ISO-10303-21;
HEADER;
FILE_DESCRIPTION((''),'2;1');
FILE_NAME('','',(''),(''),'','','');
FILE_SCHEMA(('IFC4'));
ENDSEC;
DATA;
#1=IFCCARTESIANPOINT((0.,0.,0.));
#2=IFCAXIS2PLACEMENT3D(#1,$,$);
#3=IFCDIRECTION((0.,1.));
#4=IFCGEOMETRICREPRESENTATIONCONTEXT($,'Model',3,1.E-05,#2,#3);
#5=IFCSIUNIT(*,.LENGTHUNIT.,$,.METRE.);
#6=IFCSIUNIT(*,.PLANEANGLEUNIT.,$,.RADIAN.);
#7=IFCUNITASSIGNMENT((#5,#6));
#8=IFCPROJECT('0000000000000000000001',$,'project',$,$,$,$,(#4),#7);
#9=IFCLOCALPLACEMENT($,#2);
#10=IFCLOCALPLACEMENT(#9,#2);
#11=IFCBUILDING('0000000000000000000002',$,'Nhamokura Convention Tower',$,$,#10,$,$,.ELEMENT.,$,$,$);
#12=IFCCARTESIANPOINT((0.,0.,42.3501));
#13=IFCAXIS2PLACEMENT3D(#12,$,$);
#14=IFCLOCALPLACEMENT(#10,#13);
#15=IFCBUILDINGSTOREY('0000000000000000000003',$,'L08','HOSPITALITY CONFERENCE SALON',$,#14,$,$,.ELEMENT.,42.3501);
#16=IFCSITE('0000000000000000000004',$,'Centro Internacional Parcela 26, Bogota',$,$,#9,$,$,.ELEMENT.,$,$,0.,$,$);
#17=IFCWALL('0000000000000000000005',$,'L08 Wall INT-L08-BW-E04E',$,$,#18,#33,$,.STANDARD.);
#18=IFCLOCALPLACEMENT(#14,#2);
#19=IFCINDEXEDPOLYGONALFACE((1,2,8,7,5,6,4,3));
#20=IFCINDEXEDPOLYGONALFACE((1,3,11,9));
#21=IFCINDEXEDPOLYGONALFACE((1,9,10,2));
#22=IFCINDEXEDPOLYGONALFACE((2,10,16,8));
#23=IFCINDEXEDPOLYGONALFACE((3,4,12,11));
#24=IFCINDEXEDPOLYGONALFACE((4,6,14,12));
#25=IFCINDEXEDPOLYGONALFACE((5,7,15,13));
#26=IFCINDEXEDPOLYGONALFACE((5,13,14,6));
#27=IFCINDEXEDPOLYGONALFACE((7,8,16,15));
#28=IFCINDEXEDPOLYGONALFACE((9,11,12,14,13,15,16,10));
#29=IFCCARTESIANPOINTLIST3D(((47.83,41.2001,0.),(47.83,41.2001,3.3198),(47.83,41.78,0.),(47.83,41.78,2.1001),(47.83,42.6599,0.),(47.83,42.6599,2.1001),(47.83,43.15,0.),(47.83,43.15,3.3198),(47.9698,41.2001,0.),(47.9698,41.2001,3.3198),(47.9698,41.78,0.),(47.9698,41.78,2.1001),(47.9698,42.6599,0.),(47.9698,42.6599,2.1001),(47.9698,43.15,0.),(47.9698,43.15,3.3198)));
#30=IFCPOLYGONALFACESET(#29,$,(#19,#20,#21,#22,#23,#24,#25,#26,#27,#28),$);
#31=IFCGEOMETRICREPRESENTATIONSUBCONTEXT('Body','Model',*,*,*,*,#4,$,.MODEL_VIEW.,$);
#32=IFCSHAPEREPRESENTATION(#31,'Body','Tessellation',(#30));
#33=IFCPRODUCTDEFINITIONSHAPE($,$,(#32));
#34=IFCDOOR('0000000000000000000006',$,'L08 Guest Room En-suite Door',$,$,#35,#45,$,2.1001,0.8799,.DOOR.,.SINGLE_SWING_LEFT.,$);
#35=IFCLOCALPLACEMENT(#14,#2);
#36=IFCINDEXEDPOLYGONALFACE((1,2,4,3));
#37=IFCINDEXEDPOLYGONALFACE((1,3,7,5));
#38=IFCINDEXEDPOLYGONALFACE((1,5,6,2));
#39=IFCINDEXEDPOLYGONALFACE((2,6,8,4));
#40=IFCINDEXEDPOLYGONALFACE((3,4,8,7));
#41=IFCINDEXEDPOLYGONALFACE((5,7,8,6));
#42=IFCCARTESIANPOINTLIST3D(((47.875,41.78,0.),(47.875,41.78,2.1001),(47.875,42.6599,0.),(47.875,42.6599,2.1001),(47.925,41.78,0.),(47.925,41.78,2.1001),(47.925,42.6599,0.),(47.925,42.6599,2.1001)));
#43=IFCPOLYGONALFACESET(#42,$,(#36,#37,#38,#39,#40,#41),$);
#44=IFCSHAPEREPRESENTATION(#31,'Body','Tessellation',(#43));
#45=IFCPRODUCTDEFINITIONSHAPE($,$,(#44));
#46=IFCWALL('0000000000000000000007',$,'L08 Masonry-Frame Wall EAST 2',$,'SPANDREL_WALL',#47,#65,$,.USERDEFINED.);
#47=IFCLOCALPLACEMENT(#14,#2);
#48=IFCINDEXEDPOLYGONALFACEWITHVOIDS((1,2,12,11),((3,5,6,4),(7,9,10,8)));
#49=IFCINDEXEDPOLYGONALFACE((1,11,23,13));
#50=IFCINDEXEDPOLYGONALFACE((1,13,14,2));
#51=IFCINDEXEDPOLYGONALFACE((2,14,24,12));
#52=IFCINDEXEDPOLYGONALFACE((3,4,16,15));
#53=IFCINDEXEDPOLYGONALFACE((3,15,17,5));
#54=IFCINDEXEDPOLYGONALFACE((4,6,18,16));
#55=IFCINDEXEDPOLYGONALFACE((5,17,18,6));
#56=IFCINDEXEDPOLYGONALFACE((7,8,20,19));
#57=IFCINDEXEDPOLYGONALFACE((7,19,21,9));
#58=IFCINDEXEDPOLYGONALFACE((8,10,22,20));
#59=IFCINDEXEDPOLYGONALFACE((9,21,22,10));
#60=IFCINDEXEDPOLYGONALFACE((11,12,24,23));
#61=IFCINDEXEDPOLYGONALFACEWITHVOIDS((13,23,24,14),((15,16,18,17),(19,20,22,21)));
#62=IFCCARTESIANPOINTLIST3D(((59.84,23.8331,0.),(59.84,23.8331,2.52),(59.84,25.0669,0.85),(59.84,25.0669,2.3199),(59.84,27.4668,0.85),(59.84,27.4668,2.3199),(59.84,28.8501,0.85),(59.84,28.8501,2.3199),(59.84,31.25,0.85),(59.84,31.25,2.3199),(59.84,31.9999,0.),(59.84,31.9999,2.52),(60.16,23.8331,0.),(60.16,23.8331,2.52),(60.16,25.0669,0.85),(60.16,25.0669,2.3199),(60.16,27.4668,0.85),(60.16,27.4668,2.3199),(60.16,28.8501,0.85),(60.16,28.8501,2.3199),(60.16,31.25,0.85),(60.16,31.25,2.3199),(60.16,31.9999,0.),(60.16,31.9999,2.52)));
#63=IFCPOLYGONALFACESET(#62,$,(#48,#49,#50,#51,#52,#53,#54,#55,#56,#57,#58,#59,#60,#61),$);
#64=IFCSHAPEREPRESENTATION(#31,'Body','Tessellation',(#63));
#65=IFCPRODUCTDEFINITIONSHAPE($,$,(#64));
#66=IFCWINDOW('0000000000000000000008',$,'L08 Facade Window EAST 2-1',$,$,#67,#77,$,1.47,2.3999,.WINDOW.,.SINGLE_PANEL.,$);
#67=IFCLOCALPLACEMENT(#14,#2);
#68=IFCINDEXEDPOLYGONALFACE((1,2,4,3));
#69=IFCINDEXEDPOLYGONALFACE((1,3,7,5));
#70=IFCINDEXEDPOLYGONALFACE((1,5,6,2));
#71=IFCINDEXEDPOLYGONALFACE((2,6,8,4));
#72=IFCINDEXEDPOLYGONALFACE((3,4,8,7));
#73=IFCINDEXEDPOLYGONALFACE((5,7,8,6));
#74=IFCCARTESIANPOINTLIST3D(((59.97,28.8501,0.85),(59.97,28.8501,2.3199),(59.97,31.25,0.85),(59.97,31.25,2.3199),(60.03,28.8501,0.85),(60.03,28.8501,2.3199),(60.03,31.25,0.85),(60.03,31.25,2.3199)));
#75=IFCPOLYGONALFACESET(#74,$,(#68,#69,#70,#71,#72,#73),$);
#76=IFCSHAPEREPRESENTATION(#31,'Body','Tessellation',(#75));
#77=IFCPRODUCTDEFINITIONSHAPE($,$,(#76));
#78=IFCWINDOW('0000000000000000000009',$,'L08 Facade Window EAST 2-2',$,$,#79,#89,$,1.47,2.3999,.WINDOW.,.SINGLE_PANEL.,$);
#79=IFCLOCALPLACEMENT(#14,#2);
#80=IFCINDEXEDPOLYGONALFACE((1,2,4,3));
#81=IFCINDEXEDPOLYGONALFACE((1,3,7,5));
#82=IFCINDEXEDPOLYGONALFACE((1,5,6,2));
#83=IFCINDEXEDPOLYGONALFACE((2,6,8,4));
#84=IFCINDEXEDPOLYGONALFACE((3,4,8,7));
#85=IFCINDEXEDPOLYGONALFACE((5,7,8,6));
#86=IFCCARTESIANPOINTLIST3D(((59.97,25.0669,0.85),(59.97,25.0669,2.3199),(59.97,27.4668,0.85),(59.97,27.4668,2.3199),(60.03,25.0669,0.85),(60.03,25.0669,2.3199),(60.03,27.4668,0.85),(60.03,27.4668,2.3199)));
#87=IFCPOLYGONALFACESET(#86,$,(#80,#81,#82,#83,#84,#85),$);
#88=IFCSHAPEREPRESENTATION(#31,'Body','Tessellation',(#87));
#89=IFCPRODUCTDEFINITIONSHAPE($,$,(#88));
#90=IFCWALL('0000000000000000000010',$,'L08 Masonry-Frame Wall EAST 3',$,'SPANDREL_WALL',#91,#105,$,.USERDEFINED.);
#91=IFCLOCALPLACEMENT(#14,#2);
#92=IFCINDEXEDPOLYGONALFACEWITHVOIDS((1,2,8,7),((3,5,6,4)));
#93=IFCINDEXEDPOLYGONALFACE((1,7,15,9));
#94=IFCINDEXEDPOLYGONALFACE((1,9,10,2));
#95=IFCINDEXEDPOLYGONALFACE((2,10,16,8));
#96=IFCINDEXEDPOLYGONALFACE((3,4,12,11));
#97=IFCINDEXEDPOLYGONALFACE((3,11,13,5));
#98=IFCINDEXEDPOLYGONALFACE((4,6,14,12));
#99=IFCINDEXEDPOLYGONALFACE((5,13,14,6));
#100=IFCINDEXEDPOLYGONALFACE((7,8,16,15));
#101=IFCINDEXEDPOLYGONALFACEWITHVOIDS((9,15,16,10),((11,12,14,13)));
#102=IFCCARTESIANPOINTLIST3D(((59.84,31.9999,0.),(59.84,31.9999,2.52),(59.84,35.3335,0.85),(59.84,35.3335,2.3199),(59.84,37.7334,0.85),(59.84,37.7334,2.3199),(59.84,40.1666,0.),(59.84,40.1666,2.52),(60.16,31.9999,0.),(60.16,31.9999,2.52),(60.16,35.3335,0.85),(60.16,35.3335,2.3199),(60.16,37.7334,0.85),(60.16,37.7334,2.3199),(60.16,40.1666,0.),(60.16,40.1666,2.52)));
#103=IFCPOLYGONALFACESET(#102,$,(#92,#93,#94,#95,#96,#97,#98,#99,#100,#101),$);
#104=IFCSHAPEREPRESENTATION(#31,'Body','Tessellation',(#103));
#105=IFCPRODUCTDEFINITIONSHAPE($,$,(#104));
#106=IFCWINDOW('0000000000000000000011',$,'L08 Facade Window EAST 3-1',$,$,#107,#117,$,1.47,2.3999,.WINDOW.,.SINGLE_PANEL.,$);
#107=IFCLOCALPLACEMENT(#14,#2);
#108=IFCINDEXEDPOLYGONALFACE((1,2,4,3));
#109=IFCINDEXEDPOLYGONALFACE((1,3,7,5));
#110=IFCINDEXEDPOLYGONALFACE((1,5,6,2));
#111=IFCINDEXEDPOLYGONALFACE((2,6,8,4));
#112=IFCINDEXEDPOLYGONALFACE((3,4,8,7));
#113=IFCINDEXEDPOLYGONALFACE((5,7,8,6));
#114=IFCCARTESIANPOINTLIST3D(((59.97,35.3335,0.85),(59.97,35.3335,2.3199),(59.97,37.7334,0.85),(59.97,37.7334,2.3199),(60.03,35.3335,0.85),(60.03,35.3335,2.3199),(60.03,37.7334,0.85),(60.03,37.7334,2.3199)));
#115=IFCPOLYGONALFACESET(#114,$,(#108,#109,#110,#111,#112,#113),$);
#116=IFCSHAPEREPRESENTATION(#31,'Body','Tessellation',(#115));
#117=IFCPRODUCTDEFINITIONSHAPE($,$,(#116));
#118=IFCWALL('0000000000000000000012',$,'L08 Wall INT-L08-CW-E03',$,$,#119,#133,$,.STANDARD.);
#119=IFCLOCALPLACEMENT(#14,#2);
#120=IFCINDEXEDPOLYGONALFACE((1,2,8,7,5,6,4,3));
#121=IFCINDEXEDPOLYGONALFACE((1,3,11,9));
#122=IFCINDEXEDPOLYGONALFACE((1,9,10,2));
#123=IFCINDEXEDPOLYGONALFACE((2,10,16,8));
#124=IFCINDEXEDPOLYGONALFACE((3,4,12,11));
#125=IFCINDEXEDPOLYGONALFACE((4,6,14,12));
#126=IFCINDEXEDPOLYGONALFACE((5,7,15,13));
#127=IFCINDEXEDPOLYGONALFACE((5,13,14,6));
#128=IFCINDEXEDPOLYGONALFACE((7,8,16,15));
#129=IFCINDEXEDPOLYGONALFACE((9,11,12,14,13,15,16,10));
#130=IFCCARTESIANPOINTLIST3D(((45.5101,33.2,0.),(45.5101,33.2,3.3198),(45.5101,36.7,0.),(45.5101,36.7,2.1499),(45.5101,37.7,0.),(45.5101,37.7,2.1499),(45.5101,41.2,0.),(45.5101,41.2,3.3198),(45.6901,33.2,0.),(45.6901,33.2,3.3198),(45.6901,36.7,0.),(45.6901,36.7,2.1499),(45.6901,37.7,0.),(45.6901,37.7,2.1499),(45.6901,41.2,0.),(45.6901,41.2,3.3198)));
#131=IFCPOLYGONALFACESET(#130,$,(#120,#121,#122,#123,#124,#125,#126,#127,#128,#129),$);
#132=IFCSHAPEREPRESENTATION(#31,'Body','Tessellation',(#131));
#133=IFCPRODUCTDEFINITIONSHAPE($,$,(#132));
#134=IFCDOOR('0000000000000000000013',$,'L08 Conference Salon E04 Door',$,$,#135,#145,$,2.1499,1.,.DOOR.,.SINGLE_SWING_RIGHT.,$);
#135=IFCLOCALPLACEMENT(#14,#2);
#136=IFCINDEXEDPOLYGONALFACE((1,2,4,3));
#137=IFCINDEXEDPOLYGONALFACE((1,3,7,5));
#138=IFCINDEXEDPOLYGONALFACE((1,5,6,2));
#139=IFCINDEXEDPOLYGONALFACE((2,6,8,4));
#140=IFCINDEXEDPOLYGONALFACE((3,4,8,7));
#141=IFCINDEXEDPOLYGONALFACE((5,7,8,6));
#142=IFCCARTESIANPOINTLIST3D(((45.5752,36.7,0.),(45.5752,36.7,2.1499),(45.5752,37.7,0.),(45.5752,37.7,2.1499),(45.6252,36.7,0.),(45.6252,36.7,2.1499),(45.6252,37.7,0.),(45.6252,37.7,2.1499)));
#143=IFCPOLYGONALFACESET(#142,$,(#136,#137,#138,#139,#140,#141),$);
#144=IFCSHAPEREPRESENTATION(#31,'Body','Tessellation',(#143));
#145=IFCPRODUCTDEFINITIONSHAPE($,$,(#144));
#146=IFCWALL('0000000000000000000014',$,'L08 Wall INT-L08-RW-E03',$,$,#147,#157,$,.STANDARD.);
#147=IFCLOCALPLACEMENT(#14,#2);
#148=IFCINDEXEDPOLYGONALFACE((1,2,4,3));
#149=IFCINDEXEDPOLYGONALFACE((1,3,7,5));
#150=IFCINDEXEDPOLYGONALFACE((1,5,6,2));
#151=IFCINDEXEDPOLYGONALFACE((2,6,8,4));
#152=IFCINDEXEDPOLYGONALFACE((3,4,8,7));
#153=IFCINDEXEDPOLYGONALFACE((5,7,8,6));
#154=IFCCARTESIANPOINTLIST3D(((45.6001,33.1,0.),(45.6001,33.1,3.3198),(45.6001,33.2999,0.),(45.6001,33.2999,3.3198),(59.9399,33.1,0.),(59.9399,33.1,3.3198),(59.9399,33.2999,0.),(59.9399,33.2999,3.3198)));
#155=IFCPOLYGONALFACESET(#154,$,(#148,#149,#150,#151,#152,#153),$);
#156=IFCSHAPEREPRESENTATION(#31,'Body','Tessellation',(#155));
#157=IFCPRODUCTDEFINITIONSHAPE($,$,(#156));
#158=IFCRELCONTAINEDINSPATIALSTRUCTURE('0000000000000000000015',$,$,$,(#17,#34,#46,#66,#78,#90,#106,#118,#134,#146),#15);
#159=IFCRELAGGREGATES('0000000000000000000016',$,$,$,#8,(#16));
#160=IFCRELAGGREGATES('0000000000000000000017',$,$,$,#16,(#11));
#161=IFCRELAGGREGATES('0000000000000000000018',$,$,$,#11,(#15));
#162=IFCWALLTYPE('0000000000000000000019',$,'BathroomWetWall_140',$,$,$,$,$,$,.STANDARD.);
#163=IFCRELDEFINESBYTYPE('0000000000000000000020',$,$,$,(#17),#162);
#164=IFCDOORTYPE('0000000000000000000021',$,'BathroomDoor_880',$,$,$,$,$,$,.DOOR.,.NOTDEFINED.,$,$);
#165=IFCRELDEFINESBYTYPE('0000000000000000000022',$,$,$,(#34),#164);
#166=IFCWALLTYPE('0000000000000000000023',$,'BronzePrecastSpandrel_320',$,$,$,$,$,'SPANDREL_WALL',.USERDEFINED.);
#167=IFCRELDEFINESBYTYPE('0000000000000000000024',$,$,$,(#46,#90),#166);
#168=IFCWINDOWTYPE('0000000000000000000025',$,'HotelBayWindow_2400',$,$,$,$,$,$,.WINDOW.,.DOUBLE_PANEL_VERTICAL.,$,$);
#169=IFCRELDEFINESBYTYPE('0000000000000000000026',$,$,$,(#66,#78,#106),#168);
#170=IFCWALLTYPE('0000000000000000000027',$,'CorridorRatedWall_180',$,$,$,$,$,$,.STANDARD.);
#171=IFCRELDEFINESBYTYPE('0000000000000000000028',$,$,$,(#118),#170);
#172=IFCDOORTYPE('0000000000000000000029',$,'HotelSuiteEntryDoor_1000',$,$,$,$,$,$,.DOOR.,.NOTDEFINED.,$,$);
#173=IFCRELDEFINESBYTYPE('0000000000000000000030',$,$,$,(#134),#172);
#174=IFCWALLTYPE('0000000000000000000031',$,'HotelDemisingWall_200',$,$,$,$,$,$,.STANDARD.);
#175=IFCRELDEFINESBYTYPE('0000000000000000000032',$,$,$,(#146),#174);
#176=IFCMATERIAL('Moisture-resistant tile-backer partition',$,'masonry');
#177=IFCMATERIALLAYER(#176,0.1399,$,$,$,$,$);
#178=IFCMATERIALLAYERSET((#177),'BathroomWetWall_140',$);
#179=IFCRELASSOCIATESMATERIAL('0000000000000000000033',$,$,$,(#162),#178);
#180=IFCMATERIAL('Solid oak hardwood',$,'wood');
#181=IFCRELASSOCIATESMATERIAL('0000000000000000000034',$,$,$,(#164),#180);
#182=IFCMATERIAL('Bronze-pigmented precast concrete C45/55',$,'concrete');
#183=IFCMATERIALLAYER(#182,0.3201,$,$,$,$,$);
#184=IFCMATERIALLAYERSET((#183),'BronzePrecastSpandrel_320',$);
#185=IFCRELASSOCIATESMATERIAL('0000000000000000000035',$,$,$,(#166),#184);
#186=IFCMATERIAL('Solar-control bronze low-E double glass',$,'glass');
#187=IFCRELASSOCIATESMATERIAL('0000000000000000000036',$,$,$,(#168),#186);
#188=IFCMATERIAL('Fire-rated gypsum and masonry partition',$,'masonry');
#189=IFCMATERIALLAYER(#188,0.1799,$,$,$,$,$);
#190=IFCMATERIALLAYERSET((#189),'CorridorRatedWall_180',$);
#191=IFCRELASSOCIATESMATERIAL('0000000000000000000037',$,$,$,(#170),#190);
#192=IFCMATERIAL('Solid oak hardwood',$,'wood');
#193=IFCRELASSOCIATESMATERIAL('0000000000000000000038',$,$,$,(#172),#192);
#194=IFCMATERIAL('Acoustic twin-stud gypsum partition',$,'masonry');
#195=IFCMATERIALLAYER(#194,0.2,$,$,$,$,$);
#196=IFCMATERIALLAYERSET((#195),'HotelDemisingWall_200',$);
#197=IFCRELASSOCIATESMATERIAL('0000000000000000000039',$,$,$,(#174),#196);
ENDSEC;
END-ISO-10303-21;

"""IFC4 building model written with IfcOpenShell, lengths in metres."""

from ifc_helpers import new_model, si_unit, direction, frame, frame_2d, origin, place, context, subcontext, project, spatial, rectangle, extrude, material, layer, layer_set, type_object, element, fill, save


model = new_model("IFC4")

# Units and contexts
model_context = context("Model", 3, precision=1e-05, world=origin(), true_north=direction((0.0, 1.0)))
body_context = subcontext(model_context, "Body", "Model", "MODEL_VIEW")
ifc_project = project(units=[si_unit("LENGTHUNIT", "METRE"), si_unit("PLANEANGLEUNIT", "RADIAN")], contexts=[model_context])

# Site, building, storey
site_placement = place(None, origin())
site = spatial("IfcSite", under=ifc_project, at=site_placement, Name="Centro Internacional Parcela 26, Bogota", CompositionType="ELEMENT", RefElevation=0.0)
building_placement = place(site_placement, origin())
building = spatial("IfcBuilding", under=site, at=building_placement, Name="Nhamokura Convention Tower", CompositionType="ELEMENT")
storey_placement = place(building_placement, frame((0.0, 0.0, 42.3501)))
storey = spatial("IfcBuildingStorey", under=building, at=storey_placement, Name="L08", Description="HOSPITALITY CONFERENCE SALON", CompositionType="ELEMENT", Elevation=42.3501)

# Shared definitions
ifc_material_1 = material(Name="Moisture-resistant tile-backer partition", Category="masonry")
ifc_layer_1 = layer(ifc_material_1, 0.1399)
ifc_layer_set_1 = layer_set([ifc_layer_1], Name="BathroomWetWall_140")
wall_type_1 = type_object("IfcWallType", Name="BathroomWetWall_140", PredefinedType="STANDARD", material=ifc_layer_set_1)

# Wall, opening, door
wall_1_placement = place(storey_placement, frame((47.8999, 41.2, 0.0), z_axis=(0.0, 0.0, 1.0), x_axis=(0.0, 1.0, 0.0)))
wall_1 = element("IfcWall", 1, at=wall_1_placement, inside=storey, type_object=wall_type_1, Name="L08 Wall INT-L08-BW-E04E", PredefinedType="STANDARD", context=body_context, shape_type="SweptSolid", body=[
    extrude(rectangle(XDim=1.95, YDim=0.1399, at=frame_2d((0.9751, 0.0))), origin(), (0.0, 0.0, 1.0), 3.3198),
])
opening_1_placement = place(wall_1_placement, frame((0.5801, 0.0, 0.0)))
opening_1 = element("IfcOpeningElement", 2, at=opening_1_placement, cuts=wall_1, PredefinedType="OPENING", context=body_context, shape_type="SweptSolid", body=[
    extrude(rectangle(XDim=0.8799, YDim=2.1001, at=frame_2d((0.4399, 1.05))), frame((0.0, 0.0798, 0.0), z_axis=(0.0, -1.0, 0.0), x_axis=(1.0, 0.0, 0.0)), (0.0, 0.0, 1.0), 0.1599),
])
ifc_material_2 = material(Name="Solid oak hardwood", Category="wood")
door_type_1 = type_object("IfcDoorType", Name="BathroomDoor_880", OperationType="NOTDEFINED", PredefinedType="DOOR", material=ifc_material_2)
door_1_placement = place(opening_1_placement, origin())
door_1 = element("IfcDoor", 3, at=door_1_placement, inside=storey, type_object=door_type_1, Name="L08 Guest Room En-suite Door", OperationType="SINGLE_SWING_LEFT", OverallHeight=2.1001, OverallWidth=0.8799, PredefinedType="DOOR", context=body_context, shape_type="SweptSolid", body=[
    extrude(rectangle(XDim=0.8799, YDim=2.1001, at=frame_2d((0.4399, 1.05))), frame((0.0, 0.0249, 0.0), z_axis=(0.0, -1.0, 0.0), x_axis=(1.0, 0.0, 0.0)), (0.0, 0.0, 1.0), 0.05),
])
fill(opening_1, door_1)

# Wall, openings, windows
ifc_material_3 = material(Name="Bronze-pigmented precast concrete C45/55", Category="concrete")
ifc_layer_2 = layer(ifc_material_3, 0.3201)
ifc_layer_set_2 = layer_set([ifc_layer_2], Name="BronzePrecastSpandrel_320")
wall_type_2 = type_object("IfcWallType", Name="BronzePrecastSpandrel_320", ElementType="SPANDREL_WALL", PredefinedType="USERDEFINED", material=ifc_layer_set_2)
wall_2_placement = place(storey_placement, frame((60.0, 32.0, 0.0), z_axis=(0.0, 0.0, 1.0), x_axis=(0.0, -1.0, 0.0)))
wall_2 = element("IfcWall", 4, at=wall_2_placement, inside=storey, type_object=wall_type_2, Name="L08 Masonry-Frame Wall EAST 2", ObjectType="SPANDREL_WALL", PredefinedType="USERDEFINED", context=body_context, shape_type="SweptSolid", body=[
    extrude(rectangle(XDim=8.1667, YDim=0.3201, at=frame_2d((4.0835, 0.0))), origin(), (0.0, 0.0, 1.0), 2.52),
])
opening_2_placement = place(wall_2_placement, frame((0.75, 0.0, 0.8501)))
opening_2 = element("IfcOpeningElement", 5, at=opening_2_placement, cuts=wall_2, PredefinedType="OPENING", context=body_context, shape_type="SweptSolid", body=[
    extrude(rectangle(XDim=2.3999, YDim=1.47, at=frame_2d((1.2, 0.7349))), frame((0.0, 0.1699, 0.0), z_axis=(0.0, -1.0, 0.0), x_axis=(1.0, 0.0, 0.0)), (0.0, 0.0, 1.0), 0.3401),
])
opening_3_placement = place(wall_2_placement, frame((4.5332, 0.0, 0.8501)))
opening_3 = element("IfcOpeningElement", 6, at=opening_3_placement, cuts=wall_2, PredefinedType="OPENING", context=body_context, shape_type="SweptSolid", body=[
    extrude(rectangle(XDim=2.3999, YDim=1.47, at=frame_2d((1.2, 0.7349))), frame((0.0, 0.1699, 0.0), z_axis=(0.0, -1.0, 0.0), x_axis=(1.0, 0.0, 0.0)), (0.0, 0.0, 1.0), 0.3401),
])
ifc_material_4 = material(Name="Solar-control bronze low-E double glass", Category="glass")
window_type = type_object("IfcWindowType", Name="HotelBayWindow_2400", PartitioningType="DOUBLE_PANEL_VERTICAL", PredefinedType="WINDOW", material=ifc_material_4)
window_1_placement = place(opening_2_placement, origin())
window_1 = element("IfcWindow", 7, at=window_1_placement, inside=storey, type_object=window_type, Name="L08 Facade Window EAST 2-1", OverallHeight=1.47, OverallWidth=2.3999, PartitioningType="SINGLE_PANEL", PredefinedType="WINDOW", context=body_context, shape_type="SweptSolid", body=[
    extrude(rectangle(XDim=2.3999, YDim=1.47, at=frame_2d((1.2, 0.7349))), frame((0.0, 0.03, 0.0), z_axis=(0.0, -1.0, 0.0), x_axis=(1.0, 0.0, 0.0)), (0.0, 0.0, 1.0), 0.0601),
])
fill(opening_2, window_1)
window_2_placement = place(opening_3_placement, origin())
window_2 = element("IfcWindow", 8, at=window_2_placement, inside=storey, type_object=window_type, Name="L08 Facade Window EAST 2-2", OverallHeight=1.47, OverallWidth=2.3999, PartitioningType="SINGLE_PANEL", PredefinedType="WINDOW", context=body_context, shape_type="SweptSolid", body=[
    extrude(rectangle(XDim=2.3999, YDim=1.47, at=frame_2d((1.2, 0.7349))), frame((0.0, 0.03, 0.0), z_axis=(0.0, -1.0, 0.0), x_axis=(1.0, 0.0, 0.0)), (0.0, 0.0, 1.0), 0.0601),
])
fill(opening_3, window_2)

# Wall, opening, window
wall_3_placement = place(storey_placement, frame((60.0, 40.1667, 0.0), z_axis=(0.0, 0.0, 1.0), x_axis=(0.0, -1.0, 0.0)))
wall_3 = element("IfcWall", 9, at=wall_3_placement, inside=storey, type_object=wall_type_2, Name="L08 Masonry-Frame Wall EAST 3", ObjectType="SPANDREL_WALL", PredefinedType="USERDEFINED", context=body_context, shape_type="SweptSolid", body=[
    extrude(rectangle(XDim=8.1667, YDim=0.3201, at=frame_2d((4.0835, 0.0))), origin(), (0.0, 0.0, 1.0), 2.52),
])
opening_4_placement = place(wall_3_placement, frame((2.4333, 0.0, 0.8501)))
opening_4 = element("IfcOpeningElement", 10, at=opening_4_placement, cuts=wall_3, PredefinedType="OPENING", context=body_context, shape_type="SweptSolid", body=[
    extrude(rectangle(XDim=2.3999, YDim=1.47, at=frame_2d((1.2, 0.7349))), frame((0.0, 0.1699, 0.0), z_axis=(0.0, -1.0, 0.0), x_axis=(1.0, 0.0, 0.0)), (0.0, 0.0, 1.0), 0.3401),
])
window_3_placement = place(opening_4_placement, origin())
window_3 = element("IfcWindow", 11, at=window_3_placement, inside=storey, type_object=window_type, Name="L08 Facade Window EAST 3-1", OverallHeight=1.47, OverallWidth=2.3999, PartitioningType="SINGLE_PANEL", PredefinedType="WINDOW", context=body_context, shape_type="SweptSolid", body=[
    extrude(rectangle(XDim=2.3999, YDim=1.47, at=frame_2d((1.2, 0.7349))), frame((0.0, 0.03, 0.0), z_axis=(0.0, -1.0, 0.0), x_axis=(1.0, 0.0, 0.0)), (0.0, 0.0, 1.0), 0.0601),
])
fill(opening_4, window_3)

# Wall, opening, door
ifc_material_5 = material(Name="Fire-rated gypsum and masonry partition", Category="masonry")
ifc_layer_3 = layer(ifc_material_5, 0.1799)
ifc_layer_set_3 = layer_set([ifc_layer_3], Name="CorridorRatedWall_180")
wall_type_3 = type_object("IfcWallType", Name="CorridorRatedWall_180", PredefinedType="STANDARD", material=ifc_layer_set_3)
wall_4_placement = place(storey_placement, frame((45.6001, 33.2, 0.0), z_axis=(0.0, 0.0, 1.0), x_axis=(0.0, 1.0, 0.0)))
wall_4 = element("IfcWall", 12, at=wall_4_placement, inside=storey, type_object=wall_type_3, Name="L08 Wall INT-L08-CW-E03", PredefinedType="STANDARD", context=body_context, shape_type="SweptSolid", body=[
    extrude(rectangle(XDim=8.0, YDim=0.1799, at=frame_2d((4.0, 0.0))), origin(), (0.0, 0.0, 1.0), 3.3198),
])
opening_5_placement = place(wall_4_placement, frame((3.5, 0.0, 0.0)))
opening_5 = element("IfcOpeningElement", 13, at=opening_5_placement, cuts=wall_4, PredefinedType="OPENING", context=body_context, shape_type="SweptSolid", body=[
    extrude(rectangle(XDim=1.0, YDim=2.1499, at=frame_2d((0.5, 1.075))), frame((0.0, 0.0999, 0.0), z_axis=(0.0, -1.0, 0.0), x_axis=(1.0, 0.0, 0.0)), (0.0, 0.0, 1.0), 0.2),
])
ifc_material_6 = material(Name="Solid oak hardwood", Category="wood")
door_type_2 = type_object("IfcDoorType", Name="HotelSuiteEntryDoor_1000", OperationType="NOTDEFINED", PredefinedType="DOOR", material=ifc_material_6)
door_2_placement = place(opening_5_placement, origin())
door_2 = element("IfcDoor", 14, at=door_2_placement, inside=storey, type_object=door_type_2, Name="L08 Conference Salon E04 Door", OperationType="SINGLE_SWING_RIGHT", OverallHeight=2.1499, OverallWidth=1.0, PredefinedType="DOOR", context=body_context, shape_type="SweptSolid", body=[
    extrude(rectangle(XDim=1.0, YDim=2.1499, at=frame_2d((0.5, 1.075))), frame((0.0, 0.0249, 0.0), z_axis=(0.0, -1.0, 0.0), x_axis=(1.0, 0.0, 0.0)), (0.0, 0.0, 1.0), 0.05),
])
fill(opening_5, door_2)

# Wall
ifc_material_7 = material(Name="Acoustic twin-stud gypsum partition", Category="masonry")
ifc_layer_4 = layer(ifc_material_7, 0.2)
ifc_layer_set_4 = layer_set([ifc_layer_4], Name="HotelDemisingWall_200")
wall_type_4 = type_object("IfcWallType", Name="HotelDemisingWall_200", PredefinedType="STANDARD", material=ifc_layer_set_4)
for number, where, z_axis, x_axis, name in (
    (15, (45.6001, 33.2, 0.0), (0.0, 0.0, 1.0), (1.0, 0.0, 0.0), "L08 Wall INT-L08-RW-E03"),
):
    element("IfcWall", number, at=place(storey_placement, frame(where, z_axis=z_axis, x_axis=x_axis)), inside=storey, type_object=wall_type_4, Name=name, PredefinedType="STANDARD", context=body_context, shape_type="SweptSolid", body=[
        extrude(rectangle(XDim=14.3398, YDim=0.2, at=frame_2d((7.1699, 0.0))), origin(), (0.0, 0.0, 1.0), 3.3198),
    ])

save(model, "model.ifc")
